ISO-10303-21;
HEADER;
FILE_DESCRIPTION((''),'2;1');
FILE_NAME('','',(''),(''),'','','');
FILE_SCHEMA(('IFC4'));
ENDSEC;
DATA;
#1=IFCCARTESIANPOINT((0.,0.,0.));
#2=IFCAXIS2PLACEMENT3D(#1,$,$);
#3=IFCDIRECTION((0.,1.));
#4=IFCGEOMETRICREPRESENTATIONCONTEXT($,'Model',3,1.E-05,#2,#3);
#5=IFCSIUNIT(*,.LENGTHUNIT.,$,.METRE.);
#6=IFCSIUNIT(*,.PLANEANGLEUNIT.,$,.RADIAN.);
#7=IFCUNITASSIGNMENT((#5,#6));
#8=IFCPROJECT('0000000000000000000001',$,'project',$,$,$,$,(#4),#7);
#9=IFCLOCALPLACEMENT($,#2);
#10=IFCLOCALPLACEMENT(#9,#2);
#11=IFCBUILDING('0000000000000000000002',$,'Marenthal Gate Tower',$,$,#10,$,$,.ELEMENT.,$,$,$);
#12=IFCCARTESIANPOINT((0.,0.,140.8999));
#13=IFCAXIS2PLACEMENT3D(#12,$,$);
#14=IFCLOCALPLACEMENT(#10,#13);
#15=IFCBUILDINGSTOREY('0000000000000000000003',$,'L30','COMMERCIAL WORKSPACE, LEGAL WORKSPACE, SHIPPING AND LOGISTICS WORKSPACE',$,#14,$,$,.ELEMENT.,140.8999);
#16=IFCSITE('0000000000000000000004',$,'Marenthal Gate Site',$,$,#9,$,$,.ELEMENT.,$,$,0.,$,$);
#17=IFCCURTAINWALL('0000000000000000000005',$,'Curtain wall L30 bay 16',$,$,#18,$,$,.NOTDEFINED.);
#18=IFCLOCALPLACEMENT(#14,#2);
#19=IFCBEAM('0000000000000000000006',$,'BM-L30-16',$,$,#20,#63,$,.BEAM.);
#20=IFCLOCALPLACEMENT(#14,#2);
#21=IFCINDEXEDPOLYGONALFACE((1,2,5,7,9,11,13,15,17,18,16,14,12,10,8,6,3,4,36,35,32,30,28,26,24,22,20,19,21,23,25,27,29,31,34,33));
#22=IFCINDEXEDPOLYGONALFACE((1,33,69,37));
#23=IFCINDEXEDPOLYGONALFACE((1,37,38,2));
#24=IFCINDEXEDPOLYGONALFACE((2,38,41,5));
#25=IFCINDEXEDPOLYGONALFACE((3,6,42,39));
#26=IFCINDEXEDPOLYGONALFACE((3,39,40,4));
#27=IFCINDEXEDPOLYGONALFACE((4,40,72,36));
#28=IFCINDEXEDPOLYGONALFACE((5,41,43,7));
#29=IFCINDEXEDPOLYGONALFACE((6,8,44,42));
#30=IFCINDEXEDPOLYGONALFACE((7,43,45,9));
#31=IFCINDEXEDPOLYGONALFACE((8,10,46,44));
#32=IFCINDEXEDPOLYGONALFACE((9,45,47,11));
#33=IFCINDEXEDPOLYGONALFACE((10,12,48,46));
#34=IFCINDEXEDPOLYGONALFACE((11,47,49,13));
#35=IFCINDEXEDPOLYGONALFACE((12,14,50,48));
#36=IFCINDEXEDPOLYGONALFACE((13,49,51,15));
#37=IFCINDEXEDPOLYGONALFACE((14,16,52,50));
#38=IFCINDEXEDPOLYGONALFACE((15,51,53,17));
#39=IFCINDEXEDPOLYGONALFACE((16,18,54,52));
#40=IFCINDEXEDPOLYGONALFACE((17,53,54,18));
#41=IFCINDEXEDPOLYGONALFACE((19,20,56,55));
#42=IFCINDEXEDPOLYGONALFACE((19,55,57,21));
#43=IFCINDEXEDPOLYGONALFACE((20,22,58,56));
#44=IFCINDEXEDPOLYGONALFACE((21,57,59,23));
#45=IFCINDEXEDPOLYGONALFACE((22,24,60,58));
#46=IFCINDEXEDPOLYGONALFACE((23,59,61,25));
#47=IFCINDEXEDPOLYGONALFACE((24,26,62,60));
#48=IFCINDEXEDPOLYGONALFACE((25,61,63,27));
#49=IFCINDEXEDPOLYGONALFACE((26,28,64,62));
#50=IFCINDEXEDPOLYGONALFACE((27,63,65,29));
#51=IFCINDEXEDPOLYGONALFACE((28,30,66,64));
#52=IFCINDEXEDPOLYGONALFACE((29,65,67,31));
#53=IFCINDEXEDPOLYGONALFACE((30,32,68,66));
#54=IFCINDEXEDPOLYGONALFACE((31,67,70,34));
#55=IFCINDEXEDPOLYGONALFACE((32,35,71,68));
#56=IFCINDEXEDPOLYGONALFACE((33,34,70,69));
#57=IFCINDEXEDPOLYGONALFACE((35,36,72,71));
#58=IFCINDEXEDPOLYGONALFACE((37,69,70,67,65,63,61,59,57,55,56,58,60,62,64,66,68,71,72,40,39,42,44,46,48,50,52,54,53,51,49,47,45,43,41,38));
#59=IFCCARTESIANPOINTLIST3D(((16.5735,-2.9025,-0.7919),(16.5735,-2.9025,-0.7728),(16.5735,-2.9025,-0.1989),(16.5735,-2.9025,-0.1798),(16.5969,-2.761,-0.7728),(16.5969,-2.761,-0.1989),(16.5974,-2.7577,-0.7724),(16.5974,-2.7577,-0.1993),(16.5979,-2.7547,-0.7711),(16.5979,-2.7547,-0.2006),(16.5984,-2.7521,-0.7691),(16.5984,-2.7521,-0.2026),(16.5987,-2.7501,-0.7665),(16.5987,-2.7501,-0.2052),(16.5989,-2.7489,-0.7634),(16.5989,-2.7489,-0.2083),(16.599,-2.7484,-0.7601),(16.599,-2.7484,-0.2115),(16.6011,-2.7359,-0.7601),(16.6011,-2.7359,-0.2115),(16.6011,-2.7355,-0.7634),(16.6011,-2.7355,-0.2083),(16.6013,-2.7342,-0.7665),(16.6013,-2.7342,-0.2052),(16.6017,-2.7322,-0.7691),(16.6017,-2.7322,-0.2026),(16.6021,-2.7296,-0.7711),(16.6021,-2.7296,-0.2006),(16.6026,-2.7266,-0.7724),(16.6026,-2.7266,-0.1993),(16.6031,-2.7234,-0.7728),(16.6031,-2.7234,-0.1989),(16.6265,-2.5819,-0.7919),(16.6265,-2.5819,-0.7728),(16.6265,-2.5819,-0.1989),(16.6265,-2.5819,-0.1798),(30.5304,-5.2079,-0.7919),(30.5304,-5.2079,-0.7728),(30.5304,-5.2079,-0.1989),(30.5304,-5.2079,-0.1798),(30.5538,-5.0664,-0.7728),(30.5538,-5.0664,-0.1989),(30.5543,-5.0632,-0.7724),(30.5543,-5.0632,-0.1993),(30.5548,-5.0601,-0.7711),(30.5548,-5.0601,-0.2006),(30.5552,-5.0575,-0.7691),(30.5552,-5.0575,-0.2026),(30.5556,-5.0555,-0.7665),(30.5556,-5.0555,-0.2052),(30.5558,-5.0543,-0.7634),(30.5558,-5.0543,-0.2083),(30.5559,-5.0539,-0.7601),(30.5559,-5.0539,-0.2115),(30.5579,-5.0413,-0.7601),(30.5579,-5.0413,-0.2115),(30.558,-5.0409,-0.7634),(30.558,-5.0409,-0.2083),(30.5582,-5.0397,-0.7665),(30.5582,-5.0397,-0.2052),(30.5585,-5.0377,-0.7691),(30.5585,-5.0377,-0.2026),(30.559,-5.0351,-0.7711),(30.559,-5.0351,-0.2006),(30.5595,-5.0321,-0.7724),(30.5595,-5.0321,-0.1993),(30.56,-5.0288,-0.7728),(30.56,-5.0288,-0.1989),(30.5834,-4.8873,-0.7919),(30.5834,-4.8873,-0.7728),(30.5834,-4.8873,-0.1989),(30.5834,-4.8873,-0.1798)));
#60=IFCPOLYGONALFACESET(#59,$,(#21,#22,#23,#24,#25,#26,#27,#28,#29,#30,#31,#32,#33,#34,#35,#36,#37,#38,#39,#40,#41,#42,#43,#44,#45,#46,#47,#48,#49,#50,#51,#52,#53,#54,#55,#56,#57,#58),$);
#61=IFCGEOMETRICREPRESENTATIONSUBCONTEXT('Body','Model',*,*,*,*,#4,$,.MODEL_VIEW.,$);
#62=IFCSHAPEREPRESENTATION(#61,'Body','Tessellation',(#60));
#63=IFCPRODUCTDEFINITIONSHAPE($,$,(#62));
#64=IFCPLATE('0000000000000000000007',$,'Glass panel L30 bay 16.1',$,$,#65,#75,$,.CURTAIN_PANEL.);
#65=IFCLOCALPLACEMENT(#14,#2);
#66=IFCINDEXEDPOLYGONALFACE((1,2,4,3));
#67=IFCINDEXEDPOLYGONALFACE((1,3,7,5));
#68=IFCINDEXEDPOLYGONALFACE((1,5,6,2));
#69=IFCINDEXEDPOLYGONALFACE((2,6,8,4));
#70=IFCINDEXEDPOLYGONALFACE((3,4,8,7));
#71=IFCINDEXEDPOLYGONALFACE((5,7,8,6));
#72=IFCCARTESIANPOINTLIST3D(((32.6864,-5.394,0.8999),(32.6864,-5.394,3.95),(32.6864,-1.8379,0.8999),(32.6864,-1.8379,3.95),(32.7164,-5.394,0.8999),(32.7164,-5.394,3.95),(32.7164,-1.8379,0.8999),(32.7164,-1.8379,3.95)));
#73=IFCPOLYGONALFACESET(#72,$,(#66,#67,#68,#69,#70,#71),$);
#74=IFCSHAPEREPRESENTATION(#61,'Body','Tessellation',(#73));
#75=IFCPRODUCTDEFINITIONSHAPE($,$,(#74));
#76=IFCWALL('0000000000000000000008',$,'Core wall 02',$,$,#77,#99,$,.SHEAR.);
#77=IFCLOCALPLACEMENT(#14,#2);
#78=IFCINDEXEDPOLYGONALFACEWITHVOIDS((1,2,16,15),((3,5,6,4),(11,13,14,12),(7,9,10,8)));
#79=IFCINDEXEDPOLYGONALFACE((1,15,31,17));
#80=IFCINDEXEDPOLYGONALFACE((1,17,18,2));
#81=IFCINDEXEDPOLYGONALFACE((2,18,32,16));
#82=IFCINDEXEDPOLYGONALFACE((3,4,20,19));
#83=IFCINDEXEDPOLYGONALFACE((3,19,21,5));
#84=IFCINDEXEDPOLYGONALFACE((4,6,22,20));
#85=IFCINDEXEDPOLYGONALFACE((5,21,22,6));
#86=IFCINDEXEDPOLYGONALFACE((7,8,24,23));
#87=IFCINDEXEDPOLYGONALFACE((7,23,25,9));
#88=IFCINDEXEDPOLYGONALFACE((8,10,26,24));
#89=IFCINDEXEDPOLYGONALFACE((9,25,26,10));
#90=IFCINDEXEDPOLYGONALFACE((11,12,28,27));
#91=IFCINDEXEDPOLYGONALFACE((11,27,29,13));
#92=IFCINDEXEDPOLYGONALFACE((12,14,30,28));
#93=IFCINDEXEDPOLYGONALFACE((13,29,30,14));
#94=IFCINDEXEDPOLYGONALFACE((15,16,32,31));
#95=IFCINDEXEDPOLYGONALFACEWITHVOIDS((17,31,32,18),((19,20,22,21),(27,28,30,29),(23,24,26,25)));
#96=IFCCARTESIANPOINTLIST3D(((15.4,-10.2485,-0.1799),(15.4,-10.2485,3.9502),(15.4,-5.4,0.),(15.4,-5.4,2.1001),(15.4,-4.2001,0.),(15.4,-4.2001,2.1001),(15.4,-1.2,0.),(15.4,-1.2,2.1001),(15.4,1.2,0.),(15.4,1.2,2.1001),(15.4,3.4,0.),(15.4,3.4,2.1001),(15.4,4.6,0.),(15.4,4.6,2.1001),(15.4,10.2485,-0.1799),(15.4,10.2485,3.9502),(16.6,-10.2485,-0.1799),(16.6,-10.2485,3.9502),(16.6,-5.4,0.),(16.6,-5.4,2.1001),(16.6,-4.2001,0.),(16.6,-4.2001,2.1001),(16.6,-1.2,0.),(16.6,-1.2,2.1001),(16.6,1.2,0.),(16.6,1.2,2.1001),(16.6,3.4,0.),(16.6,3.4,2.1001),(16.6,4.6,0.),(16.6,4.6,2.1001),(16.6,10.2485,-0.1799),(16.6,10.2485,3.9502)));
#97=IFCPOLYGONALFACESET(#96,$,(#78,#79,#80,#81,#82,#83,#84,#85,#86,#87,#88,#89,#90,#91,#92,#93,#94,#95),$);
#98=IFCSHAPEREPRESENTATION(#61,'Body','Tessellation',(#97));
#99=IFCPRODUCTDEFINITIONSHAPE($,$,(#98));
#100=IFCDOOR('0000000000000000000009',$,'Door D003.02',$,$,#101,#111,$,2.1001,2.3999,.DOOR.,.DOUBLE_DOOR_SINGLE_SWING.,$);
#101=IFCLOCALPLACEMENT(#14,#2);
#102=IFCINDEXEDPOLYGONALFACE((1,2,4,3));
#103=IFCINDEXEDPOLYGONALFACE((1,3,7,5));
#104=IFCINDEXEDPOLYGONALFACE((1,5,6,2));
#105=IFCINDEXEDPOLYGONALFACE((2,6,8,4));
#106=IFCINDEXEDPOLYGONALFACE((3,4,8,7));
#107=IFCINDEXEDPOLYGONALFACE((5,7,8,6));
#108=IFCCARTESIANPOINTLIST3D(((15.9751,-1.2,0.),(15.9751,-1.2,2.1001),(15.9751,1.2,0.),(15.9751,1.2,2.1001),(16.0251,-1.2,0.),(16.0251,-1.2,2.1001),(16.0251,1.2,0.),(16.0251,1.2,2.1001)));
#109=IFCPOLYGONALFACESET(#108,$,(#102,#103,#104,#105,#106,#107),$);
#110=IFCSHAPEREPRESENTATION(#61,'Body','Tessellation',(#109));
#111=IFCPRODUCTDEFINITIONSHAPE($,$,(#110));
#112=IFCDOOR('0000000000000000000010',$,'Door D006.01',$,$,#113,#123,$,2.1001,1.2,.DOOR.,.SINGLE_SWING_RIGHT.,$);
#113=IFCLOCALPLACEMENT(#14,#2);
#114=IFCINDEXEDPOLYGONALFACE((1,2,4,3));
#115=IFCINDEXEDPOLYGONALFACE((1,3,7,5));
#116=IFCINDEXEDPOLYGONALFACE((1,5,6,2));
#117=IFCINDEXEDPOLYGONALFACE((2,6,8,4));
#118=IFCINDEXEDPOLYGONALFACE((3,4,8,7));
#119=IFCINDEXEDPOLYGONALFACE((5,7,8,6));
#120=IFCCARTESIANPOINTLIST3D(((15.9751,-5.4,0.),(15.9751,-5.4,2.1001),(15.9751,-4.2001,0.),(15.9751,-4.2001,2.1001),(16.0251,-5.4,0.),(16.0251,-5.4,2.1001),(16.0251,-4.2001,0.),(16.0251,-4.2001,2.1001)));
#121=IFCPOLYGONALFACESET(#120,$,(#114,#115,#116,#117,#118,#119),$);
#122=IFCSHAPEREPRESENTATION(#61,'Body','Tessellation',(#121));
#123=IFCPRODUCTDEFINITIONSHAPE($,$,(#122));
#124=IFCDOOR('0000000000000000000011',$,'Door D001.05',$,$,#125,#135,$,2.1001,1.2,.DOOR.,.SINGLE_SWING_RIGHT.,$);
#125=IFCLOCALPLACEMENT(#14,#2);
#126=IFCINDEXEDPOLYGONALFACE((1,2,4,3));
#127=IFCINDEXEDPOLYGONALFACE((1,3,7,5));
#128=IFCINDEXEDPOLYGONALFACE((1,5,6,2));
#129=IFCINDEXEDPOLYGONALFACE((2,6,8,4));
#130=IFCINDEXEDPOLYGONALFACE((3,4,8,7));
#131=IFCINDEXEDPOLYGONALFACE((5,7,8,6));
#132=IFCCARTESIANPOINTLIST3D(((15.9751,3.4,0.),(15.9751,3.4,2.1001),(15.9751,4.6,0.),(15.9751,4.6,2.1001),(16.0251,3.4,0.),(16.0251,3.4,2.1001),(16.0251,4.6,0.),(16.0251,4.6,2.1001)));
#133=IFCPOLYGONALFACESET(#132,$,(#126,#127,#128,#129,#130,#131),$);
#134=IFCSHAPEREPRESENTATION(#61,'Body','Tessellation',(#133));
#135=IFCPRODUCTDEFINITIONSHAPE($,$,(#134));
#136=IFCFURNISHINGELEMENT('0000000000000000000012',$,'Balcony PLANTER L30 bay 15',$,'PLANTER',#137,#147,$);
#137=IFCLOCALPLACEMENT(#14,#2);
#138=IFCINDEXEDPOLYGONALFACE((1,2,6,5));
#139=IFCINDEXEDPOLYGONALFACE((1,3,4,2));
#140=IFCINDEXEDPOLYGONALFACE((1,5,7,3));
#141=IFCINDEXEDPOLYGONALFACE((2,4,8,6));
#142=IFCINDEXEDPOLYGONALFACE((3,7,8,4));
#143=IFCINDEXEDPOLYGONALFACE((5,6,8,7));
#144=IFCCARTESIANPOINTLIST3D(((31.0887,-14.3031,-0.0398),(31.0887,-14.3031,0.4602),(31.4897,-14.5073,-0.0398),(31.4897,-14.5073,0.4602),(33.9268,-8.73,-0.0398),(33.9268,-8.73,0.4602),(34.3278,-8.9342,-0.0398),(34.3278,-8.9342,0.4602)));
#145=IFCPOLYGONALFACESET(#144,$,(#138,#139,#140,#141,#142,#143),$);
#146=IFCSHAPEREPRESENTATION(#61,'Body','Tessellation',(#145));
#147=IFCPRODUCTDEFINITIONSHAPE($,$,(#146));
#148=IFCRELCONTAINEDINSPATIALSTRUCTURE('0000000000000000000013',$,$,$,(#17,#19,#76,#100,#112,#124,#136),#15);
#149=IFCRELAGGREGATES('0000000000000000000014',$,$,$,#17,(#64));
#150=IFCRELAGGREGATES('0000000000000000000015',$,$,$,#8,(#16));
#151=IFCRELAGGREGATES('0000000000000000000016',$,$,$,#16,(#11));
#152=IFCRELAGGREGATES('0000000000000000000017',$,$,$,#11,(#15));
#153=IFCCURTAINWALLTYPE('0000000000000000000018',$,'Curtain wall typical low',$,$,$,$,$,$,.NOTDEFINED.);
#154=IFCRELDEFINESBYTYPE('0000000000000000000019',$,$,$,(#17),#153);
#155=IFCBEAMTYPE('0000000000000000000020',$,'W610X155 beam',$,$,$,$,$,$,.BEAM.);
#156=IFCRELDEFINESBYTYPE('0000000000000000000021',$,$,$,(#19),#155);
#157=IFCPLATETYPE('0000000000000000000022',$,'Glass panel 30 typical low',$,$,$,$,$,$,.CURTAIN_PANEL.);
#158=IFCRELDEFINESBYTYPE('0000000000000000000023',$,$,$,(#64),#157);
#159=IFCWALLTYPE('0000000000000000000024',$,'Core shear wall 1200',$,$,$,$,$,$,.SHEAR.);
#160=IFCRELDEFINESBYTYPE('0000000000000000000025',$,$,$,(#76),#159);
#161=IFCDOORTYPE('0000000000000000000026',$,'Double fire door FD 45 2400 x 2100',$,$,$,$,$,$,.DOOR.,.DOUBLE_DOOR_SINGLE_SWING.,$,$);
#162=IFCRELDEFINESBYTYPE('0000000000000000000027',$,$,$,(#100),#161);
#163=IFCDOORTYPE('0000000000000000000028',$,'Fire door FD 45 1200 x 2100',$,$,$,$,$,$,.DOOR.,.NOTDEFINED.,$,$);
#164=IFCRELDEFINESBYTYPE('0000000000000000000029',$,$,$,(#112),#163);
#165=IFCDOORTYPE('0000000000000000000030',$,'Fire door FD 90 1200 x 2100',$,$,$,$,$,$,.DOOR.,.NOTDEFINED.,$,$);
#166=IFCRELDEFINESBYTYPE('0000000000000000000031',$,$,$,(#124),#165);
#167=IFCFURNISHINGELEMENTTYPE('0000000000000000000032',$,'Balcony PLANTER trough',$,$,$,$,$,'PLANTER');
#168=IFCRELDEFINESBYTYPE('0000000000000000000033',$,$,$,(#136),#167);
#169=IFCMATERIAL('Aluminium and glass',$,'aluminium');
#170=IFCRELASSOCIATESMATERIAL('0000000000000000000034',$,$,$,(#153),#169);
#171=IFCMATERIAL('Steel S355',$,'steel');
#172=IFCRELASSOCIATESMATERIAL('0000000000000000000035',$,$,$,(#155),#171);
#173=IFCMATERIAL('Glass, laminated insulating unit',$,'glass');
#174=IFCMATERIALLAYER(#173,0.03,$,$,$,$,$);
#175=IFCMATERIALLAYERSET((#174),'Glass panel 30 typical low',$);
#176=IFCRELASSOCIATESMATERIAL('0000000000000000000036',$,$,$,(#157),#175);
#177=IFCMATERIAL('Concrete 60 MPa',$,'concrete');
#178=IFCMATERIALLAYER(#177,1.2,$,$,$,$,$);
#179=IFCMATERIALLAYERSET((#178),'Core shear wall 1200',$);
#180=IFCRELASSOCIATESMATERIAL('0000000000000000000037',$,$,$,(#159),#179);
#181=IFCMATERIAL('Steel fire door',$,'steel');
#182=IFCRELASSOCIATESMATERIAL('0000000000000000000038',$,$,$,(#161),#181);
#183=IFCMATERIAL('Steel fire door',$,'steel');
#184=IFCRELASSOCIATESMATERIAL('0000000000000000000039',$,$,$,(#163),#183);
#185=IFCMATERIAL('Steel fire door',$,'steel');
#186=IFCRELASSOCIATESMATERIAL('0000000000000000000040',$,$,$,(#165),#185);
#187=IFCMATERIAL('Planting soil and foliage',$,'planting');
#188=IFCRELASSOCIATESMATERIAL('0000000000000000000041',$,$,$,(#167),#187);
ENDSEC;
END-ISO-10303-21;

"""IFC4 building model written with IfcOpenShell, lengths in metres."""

from ifc_helpers import new_model, si_unit, direction, frame, frame_2d, origin, origin_2d, place, context, subcontext, project, spatial, rectangle, i_section, extrude, material, layer, layer_set, material_profile, profile_set, type_object, element, fill, aggregate, save


model = new_model("IFC4")

# Units and contexts
model_context = context("Model", 3, precision=1e-05, world=origin(), true_north=direction((0.0, 1.0)))
body_context = subcontext(model_context, "Body", "Model", "MODEL_VIEW")
ifc_project = project(units=[si_unit("LENGTHUNIT", "METRE"), si_unit("PLANEANGLEUNIT", "RADIAN")], contexts=[model_context])

# Site, building, storey
site_placement = place(None, origin())
site = spatial("IfcSite", under=ifc_project, at=site_placement, Name="Marenthal Gate Site", CompositionType="ELEMENT", RefElevation=0.0)
building_placement = place(site_placement, origin())
building = spatial("IfcBuilding", under=site, at=building_placement, Name="Marenthal Gate Tower", CompositionType="ELEMENT")
storey_placement = place(building_placement, frame((0.0, 0.0, 140.8999)))
storey = spatial("IfcBuildingStorey", under=building, at=storey_placement, Name="L30", Description="COMMERCIAL WORKSPACE, LEGAL WORKSPACE, SHIPPING AND LOGISTICS WORKSPACE", CompositionType="ELEMENT", Elevation=140.8999)

# Curtain wall
ifc_material_1 = material(Name="Aluminium and glass", Category="aluminium")
curtain_wall_type = type_object("IfcCurtainWallType", Name="Curtain wall typical low", PredefinedType="NOTDEFINED", material=ifc_material_1)
curtain_wall_placement = place(storey_placement, origin())
curtain_wall = element("IfcCurtainWall", 1, at=curtain_wall_placement, inside=storey, type_object=curtain_wall_type, Name="Curtain wall L30 bay 16", PredefinedType="NOTDEFINED")

# Beam
ifc_material_2 = material(Name="Steel S355", Category="steel")
ifc_material_profile_1 = material_profile(ifc_material_2, i_section(OverallWidth=0.325, OverallDepth=0.6121, WebThickness=0.0127, FlangeThickness=0.019, FilletRadius=0.0127, at=origin_2d()), Name="W610X155")
ifc_profile_set_1 = profile_set([ifc_material_profile_1], Name="Steel S355")
beam_type_1 = type_object("IfcBeamType", Name="W610X155 beam", PredefinedType="BEAM", material=ifc_profile_set_1)
beam_1_placement = place(storey_placement, frame((30.5569, -5.0476, -0.4858), z_axis=(-0.98663, 0.162974, 0.0), x_axis=(-0.162974, -0.98663, 0.0)))
element("IfcBeam", 2, at=beam_1_placement, inside=storey, type_object=beam_type_1, Name="BM-L30-16", PredefinedType="BEAM", context=body_context, shape_type="SweptSolid", body=[
    extrude(i_section(OverallWidth=0.325, OverallDepth=0.6121, WebThickness=0.0127, FlangeThickness=0.019, FilletRadius=0.0127, at=origin_2d()), origin(), (0.0, 0.0, 1.0), 14.146),
])

# Plate
ifc_material_3 = material(Name="Glass, laminated insulating unit", Category="glass")
ifc_layer_1 = layer(ifc_material_3, 0.03)
ifc_layer_set_1 = layer_set([ifc_layer_1], Name="Glass panel 30 typical low")
plate_type = type_object("IfcPlateType", Name="Glass panel 30 typical low", PredefinedType="CURTAIN_PANEL", material=ifc_layer_set_1)
plate_placement = place(storey_placement, frame((32.7014, -3.616, 0.8999), z_axis=(0.0, 0.0, 1.0), x_axis=(0.0, 1.0, 0.0)))
plate = element("IfcPlate", 3, at=plate_placement, type_object=plate_type, Name="Glass panel L30 bay 16.1", PredefinedType="CURTAIN_PANEL", context=body_context, shape_type="SweptSolid", body=[
    extrude(rectangle(XDim=3.5562, YDim=0.03, at=origin_2d()), origin(), (0.0, 0.0, 1.0), 3.05),
])
aggregate(curtain_wall, [plate])

# Wall, openings, doors
ifc_material_4 = material(Name="Concrete 60 MPa", Category="concrete")
ifc_layer_2 = layer(ifc_material_4, 1.2)
ifc_layer_set_2 = layer_set([ifc_layer_2], Name="Core shear wall 1200")
wall_type = type_object("IfcWallType", Name="Core shear wall 1200", PredefinedType="SHEAR", material=ifc_layer_set_2)
wall_placement = place(storey_placement, frame((16.0, -10.2485, -0.1799), z_axis=(0.0, 0.0, 1.0), x_axis=(0.0, 1.0, 0.0)))
wall = element("IfcWall", 4, at=wall_placement, inside=storey, type_object=wall_type, Name="Core wall 02", PredefinedType="SHEAR", context=body_context, shape_type="SweptSolid", body=[
    extrude(rectangle(XDim=20.4971, YDim=1.2, at=frame_2d((10.2485, 0.0))), origin(), (0.0, 0.0, 1.0), 4.1301),
])
opening_1_placement = place(wall_placement, frame((9.0486, 0.0, 0.1799)))
opening_1 = element("IfcOpeningElement", 5, at=opening_1_placement, cuts=wall, PredefinedType="OPENING", context=body_context, shape_type="SweptSolid", body=[
    extrude(rectangle(XDim=2.3999, YDim=2.1001, at=frame_2d((1.2, 1.05))), frame((0.0, 0.6099, 0.0), z_axis=(0.0, -1.0, 0.0), x_axis=(1.0, 0.0, 0.0)), (0.0, 0.0, 1.0), 1.22),
])
opening_2_placement = place(wall_placement, frame((13.6484, 0.0, 0.1799)))
opening_2 = element("IfcOpeningElement", 6, at=opening_2_placement, cuts=wall, PredefinedType="OPENING", context=body_context, shape_type="SweptSolid", body=[
    extrude(rectangle(XDim=1.2, YDim=2.1001, at=frame_2d((0.6001, 1.05))), frame((0.0, 0.6099, 0.0), z_axis=(0.0, -1.0, 0.0), x_axis=(1.0, 0.0, 0.0)), (0.0, 0.0, 1.0), 1.22),
])
opening_3_placement = place(wall_placement, frame((4.8484, 0.0, 0.1799)))
opening_3 = element("IfcOpeningElement", 7, at=opening_3_placement, cuts=wall, PredefinedType="OPENING", context=body_context, shape_type="SweptSolid", body=[
    extrude(rectangle(XDim=1.2, YDim=2.1001, at=frame_2d((0.6001, 1.05))), frame((0.0, 0.6099, 0.0), z_axis=(0.0, -1.0, 0.0), x_axis=(1.0, 0.0, 0.0)), (0.0, 0.0, 1.0), 1.22),
])
ifc_material_5 = material(Name="Steel fire door", Category="steel")
door_type_1 = type_object("IfcDoorType", Name="Double fire door FD 45 2400 x 2100", OperationType="DOUBLE_DOOR_SINGLE_SWING", PredefinedType="DOOR", material=ifc_material_5)
door_1_placement = place(opening_1_placement, origin())
door_1 = element("IfcDoor", 8, at=door_1_placement, inside=storey, type_object=door_type_1, Name="Door D003.02", OperationType="DOUBLE_DOOR_SINGLE_SWING", OverallHeight=2.1001, OverallWidth=2.3999, PredefinedType="DOOR", context=body_context, shape_type="SweptSolid", body=[
    extrude(rectangle(XDim=2.3999, YDim=2.1001, at=frame_2d((1.2, 1.05))), frame((0.0, 0.0249, 0.0), z_axis=(0.0, -1.0, 0.0), x_axis=(1.0, 0.0, 0.0)), (0.0, 0.0, 1.0), 0.05),
])
fill(opening_1, door_1)
ifc_material_6 = material(Name="Steel fire door", Category="steel")
door_type_2 = type_object("IfcDoorType", Name="Fire door FD 45 1200 x 2100", OperationType="NOTDEFINED", PredefinedType="DOOR", material=ifc_material_6)
door_2_placement = place(opening_3_placement, origin())
door_2 = element("IfcDoor", 9, at=door_2_placement, inside=storey, type_object=door_type_2, Name="Door D006.01", OperationType="SINGLE_SWING_RIGHT", OverallHeight=2.1001, OverallWidth=1.2, PredefinedType="DOOR", context=body_context, shape_type="SweptSolid", body=[
    extrude(rectangle(XDim=1.2, YDim=2.1001, at=frame_2d((0.6001, 1.05))), frame((0.0, 0.0249, 0.0), z_axis=(0.0, -1.0, 0.0), x_axis=(1.0, 0.0, 0.0)), (0.0, 0.0, 1.0), 0.05),
])
fill(opening_3, door_2)
ifc_material_7 = material(Name="Steel fire door", Category="steel")
door_type_3 = type_object("IfcDoorType", Name="Fire door FD 90 1200 x 2100", OperationType="NOTDEFINED", PredefinedType="DOOR", material=ifc_material_7)
door_3_placement = place(opening_2_placement, origin())
door_3 = element("IfcDoor", 10, at=door_3_placement, inside=storey, type_object=door_type_3, Name="Door D001.05", OperationType="SINGLE_SWING_RIGHT", OverallHeight=2.1001, OverallWidth=1.2, PredefinedType="DOOR", context=body_context, shape_type="SweptSolid", body=[
    extrude(rectangle(XDim=1.2, YDim=2.1001, at=frame_2d((0.6001, 1.05))), frame((0.0, 0.0249, 0.0), z_axis=(0.0, -1.0, 0.0), x_axis=(1.0, 0.0, 0.0)), (0.0, 0.0, 1.0), 0.05),
])
fill(opening_2, door_3)

# Furnishing element
ifc_material_8 = material(Name="Planting soil and foliage", Category="planting")
furnishing_element_type = type_object("IfcFurnishingElementType", Name="Balcony PLANTER trough", ElementType="PLANTER", material=ifc_material_8)
furnishing_placement = place(storey_placement, frame((32.7083, -11.6187, -0.0398), z_axis=(0.0, 0.0, 1.0), x_axis=(0.453791, 0.891108, 0.0)))
element("IfcFurnishingElement", 11, at=furnishing_placement, inside=storey, type_object=furnishing_element_type, Name="Balcony PLANTER L30 bay 15", ObjectType="PLANTER", context=body_context, shape_type="SweptSolid", body=[
    extrude(rectangle(XDim=6.2542, YDim=0.45, at=origin_2d()), origin(), (0.0, 0.0, 1.0), 0.5),
])

save(model, "model.ifc")
